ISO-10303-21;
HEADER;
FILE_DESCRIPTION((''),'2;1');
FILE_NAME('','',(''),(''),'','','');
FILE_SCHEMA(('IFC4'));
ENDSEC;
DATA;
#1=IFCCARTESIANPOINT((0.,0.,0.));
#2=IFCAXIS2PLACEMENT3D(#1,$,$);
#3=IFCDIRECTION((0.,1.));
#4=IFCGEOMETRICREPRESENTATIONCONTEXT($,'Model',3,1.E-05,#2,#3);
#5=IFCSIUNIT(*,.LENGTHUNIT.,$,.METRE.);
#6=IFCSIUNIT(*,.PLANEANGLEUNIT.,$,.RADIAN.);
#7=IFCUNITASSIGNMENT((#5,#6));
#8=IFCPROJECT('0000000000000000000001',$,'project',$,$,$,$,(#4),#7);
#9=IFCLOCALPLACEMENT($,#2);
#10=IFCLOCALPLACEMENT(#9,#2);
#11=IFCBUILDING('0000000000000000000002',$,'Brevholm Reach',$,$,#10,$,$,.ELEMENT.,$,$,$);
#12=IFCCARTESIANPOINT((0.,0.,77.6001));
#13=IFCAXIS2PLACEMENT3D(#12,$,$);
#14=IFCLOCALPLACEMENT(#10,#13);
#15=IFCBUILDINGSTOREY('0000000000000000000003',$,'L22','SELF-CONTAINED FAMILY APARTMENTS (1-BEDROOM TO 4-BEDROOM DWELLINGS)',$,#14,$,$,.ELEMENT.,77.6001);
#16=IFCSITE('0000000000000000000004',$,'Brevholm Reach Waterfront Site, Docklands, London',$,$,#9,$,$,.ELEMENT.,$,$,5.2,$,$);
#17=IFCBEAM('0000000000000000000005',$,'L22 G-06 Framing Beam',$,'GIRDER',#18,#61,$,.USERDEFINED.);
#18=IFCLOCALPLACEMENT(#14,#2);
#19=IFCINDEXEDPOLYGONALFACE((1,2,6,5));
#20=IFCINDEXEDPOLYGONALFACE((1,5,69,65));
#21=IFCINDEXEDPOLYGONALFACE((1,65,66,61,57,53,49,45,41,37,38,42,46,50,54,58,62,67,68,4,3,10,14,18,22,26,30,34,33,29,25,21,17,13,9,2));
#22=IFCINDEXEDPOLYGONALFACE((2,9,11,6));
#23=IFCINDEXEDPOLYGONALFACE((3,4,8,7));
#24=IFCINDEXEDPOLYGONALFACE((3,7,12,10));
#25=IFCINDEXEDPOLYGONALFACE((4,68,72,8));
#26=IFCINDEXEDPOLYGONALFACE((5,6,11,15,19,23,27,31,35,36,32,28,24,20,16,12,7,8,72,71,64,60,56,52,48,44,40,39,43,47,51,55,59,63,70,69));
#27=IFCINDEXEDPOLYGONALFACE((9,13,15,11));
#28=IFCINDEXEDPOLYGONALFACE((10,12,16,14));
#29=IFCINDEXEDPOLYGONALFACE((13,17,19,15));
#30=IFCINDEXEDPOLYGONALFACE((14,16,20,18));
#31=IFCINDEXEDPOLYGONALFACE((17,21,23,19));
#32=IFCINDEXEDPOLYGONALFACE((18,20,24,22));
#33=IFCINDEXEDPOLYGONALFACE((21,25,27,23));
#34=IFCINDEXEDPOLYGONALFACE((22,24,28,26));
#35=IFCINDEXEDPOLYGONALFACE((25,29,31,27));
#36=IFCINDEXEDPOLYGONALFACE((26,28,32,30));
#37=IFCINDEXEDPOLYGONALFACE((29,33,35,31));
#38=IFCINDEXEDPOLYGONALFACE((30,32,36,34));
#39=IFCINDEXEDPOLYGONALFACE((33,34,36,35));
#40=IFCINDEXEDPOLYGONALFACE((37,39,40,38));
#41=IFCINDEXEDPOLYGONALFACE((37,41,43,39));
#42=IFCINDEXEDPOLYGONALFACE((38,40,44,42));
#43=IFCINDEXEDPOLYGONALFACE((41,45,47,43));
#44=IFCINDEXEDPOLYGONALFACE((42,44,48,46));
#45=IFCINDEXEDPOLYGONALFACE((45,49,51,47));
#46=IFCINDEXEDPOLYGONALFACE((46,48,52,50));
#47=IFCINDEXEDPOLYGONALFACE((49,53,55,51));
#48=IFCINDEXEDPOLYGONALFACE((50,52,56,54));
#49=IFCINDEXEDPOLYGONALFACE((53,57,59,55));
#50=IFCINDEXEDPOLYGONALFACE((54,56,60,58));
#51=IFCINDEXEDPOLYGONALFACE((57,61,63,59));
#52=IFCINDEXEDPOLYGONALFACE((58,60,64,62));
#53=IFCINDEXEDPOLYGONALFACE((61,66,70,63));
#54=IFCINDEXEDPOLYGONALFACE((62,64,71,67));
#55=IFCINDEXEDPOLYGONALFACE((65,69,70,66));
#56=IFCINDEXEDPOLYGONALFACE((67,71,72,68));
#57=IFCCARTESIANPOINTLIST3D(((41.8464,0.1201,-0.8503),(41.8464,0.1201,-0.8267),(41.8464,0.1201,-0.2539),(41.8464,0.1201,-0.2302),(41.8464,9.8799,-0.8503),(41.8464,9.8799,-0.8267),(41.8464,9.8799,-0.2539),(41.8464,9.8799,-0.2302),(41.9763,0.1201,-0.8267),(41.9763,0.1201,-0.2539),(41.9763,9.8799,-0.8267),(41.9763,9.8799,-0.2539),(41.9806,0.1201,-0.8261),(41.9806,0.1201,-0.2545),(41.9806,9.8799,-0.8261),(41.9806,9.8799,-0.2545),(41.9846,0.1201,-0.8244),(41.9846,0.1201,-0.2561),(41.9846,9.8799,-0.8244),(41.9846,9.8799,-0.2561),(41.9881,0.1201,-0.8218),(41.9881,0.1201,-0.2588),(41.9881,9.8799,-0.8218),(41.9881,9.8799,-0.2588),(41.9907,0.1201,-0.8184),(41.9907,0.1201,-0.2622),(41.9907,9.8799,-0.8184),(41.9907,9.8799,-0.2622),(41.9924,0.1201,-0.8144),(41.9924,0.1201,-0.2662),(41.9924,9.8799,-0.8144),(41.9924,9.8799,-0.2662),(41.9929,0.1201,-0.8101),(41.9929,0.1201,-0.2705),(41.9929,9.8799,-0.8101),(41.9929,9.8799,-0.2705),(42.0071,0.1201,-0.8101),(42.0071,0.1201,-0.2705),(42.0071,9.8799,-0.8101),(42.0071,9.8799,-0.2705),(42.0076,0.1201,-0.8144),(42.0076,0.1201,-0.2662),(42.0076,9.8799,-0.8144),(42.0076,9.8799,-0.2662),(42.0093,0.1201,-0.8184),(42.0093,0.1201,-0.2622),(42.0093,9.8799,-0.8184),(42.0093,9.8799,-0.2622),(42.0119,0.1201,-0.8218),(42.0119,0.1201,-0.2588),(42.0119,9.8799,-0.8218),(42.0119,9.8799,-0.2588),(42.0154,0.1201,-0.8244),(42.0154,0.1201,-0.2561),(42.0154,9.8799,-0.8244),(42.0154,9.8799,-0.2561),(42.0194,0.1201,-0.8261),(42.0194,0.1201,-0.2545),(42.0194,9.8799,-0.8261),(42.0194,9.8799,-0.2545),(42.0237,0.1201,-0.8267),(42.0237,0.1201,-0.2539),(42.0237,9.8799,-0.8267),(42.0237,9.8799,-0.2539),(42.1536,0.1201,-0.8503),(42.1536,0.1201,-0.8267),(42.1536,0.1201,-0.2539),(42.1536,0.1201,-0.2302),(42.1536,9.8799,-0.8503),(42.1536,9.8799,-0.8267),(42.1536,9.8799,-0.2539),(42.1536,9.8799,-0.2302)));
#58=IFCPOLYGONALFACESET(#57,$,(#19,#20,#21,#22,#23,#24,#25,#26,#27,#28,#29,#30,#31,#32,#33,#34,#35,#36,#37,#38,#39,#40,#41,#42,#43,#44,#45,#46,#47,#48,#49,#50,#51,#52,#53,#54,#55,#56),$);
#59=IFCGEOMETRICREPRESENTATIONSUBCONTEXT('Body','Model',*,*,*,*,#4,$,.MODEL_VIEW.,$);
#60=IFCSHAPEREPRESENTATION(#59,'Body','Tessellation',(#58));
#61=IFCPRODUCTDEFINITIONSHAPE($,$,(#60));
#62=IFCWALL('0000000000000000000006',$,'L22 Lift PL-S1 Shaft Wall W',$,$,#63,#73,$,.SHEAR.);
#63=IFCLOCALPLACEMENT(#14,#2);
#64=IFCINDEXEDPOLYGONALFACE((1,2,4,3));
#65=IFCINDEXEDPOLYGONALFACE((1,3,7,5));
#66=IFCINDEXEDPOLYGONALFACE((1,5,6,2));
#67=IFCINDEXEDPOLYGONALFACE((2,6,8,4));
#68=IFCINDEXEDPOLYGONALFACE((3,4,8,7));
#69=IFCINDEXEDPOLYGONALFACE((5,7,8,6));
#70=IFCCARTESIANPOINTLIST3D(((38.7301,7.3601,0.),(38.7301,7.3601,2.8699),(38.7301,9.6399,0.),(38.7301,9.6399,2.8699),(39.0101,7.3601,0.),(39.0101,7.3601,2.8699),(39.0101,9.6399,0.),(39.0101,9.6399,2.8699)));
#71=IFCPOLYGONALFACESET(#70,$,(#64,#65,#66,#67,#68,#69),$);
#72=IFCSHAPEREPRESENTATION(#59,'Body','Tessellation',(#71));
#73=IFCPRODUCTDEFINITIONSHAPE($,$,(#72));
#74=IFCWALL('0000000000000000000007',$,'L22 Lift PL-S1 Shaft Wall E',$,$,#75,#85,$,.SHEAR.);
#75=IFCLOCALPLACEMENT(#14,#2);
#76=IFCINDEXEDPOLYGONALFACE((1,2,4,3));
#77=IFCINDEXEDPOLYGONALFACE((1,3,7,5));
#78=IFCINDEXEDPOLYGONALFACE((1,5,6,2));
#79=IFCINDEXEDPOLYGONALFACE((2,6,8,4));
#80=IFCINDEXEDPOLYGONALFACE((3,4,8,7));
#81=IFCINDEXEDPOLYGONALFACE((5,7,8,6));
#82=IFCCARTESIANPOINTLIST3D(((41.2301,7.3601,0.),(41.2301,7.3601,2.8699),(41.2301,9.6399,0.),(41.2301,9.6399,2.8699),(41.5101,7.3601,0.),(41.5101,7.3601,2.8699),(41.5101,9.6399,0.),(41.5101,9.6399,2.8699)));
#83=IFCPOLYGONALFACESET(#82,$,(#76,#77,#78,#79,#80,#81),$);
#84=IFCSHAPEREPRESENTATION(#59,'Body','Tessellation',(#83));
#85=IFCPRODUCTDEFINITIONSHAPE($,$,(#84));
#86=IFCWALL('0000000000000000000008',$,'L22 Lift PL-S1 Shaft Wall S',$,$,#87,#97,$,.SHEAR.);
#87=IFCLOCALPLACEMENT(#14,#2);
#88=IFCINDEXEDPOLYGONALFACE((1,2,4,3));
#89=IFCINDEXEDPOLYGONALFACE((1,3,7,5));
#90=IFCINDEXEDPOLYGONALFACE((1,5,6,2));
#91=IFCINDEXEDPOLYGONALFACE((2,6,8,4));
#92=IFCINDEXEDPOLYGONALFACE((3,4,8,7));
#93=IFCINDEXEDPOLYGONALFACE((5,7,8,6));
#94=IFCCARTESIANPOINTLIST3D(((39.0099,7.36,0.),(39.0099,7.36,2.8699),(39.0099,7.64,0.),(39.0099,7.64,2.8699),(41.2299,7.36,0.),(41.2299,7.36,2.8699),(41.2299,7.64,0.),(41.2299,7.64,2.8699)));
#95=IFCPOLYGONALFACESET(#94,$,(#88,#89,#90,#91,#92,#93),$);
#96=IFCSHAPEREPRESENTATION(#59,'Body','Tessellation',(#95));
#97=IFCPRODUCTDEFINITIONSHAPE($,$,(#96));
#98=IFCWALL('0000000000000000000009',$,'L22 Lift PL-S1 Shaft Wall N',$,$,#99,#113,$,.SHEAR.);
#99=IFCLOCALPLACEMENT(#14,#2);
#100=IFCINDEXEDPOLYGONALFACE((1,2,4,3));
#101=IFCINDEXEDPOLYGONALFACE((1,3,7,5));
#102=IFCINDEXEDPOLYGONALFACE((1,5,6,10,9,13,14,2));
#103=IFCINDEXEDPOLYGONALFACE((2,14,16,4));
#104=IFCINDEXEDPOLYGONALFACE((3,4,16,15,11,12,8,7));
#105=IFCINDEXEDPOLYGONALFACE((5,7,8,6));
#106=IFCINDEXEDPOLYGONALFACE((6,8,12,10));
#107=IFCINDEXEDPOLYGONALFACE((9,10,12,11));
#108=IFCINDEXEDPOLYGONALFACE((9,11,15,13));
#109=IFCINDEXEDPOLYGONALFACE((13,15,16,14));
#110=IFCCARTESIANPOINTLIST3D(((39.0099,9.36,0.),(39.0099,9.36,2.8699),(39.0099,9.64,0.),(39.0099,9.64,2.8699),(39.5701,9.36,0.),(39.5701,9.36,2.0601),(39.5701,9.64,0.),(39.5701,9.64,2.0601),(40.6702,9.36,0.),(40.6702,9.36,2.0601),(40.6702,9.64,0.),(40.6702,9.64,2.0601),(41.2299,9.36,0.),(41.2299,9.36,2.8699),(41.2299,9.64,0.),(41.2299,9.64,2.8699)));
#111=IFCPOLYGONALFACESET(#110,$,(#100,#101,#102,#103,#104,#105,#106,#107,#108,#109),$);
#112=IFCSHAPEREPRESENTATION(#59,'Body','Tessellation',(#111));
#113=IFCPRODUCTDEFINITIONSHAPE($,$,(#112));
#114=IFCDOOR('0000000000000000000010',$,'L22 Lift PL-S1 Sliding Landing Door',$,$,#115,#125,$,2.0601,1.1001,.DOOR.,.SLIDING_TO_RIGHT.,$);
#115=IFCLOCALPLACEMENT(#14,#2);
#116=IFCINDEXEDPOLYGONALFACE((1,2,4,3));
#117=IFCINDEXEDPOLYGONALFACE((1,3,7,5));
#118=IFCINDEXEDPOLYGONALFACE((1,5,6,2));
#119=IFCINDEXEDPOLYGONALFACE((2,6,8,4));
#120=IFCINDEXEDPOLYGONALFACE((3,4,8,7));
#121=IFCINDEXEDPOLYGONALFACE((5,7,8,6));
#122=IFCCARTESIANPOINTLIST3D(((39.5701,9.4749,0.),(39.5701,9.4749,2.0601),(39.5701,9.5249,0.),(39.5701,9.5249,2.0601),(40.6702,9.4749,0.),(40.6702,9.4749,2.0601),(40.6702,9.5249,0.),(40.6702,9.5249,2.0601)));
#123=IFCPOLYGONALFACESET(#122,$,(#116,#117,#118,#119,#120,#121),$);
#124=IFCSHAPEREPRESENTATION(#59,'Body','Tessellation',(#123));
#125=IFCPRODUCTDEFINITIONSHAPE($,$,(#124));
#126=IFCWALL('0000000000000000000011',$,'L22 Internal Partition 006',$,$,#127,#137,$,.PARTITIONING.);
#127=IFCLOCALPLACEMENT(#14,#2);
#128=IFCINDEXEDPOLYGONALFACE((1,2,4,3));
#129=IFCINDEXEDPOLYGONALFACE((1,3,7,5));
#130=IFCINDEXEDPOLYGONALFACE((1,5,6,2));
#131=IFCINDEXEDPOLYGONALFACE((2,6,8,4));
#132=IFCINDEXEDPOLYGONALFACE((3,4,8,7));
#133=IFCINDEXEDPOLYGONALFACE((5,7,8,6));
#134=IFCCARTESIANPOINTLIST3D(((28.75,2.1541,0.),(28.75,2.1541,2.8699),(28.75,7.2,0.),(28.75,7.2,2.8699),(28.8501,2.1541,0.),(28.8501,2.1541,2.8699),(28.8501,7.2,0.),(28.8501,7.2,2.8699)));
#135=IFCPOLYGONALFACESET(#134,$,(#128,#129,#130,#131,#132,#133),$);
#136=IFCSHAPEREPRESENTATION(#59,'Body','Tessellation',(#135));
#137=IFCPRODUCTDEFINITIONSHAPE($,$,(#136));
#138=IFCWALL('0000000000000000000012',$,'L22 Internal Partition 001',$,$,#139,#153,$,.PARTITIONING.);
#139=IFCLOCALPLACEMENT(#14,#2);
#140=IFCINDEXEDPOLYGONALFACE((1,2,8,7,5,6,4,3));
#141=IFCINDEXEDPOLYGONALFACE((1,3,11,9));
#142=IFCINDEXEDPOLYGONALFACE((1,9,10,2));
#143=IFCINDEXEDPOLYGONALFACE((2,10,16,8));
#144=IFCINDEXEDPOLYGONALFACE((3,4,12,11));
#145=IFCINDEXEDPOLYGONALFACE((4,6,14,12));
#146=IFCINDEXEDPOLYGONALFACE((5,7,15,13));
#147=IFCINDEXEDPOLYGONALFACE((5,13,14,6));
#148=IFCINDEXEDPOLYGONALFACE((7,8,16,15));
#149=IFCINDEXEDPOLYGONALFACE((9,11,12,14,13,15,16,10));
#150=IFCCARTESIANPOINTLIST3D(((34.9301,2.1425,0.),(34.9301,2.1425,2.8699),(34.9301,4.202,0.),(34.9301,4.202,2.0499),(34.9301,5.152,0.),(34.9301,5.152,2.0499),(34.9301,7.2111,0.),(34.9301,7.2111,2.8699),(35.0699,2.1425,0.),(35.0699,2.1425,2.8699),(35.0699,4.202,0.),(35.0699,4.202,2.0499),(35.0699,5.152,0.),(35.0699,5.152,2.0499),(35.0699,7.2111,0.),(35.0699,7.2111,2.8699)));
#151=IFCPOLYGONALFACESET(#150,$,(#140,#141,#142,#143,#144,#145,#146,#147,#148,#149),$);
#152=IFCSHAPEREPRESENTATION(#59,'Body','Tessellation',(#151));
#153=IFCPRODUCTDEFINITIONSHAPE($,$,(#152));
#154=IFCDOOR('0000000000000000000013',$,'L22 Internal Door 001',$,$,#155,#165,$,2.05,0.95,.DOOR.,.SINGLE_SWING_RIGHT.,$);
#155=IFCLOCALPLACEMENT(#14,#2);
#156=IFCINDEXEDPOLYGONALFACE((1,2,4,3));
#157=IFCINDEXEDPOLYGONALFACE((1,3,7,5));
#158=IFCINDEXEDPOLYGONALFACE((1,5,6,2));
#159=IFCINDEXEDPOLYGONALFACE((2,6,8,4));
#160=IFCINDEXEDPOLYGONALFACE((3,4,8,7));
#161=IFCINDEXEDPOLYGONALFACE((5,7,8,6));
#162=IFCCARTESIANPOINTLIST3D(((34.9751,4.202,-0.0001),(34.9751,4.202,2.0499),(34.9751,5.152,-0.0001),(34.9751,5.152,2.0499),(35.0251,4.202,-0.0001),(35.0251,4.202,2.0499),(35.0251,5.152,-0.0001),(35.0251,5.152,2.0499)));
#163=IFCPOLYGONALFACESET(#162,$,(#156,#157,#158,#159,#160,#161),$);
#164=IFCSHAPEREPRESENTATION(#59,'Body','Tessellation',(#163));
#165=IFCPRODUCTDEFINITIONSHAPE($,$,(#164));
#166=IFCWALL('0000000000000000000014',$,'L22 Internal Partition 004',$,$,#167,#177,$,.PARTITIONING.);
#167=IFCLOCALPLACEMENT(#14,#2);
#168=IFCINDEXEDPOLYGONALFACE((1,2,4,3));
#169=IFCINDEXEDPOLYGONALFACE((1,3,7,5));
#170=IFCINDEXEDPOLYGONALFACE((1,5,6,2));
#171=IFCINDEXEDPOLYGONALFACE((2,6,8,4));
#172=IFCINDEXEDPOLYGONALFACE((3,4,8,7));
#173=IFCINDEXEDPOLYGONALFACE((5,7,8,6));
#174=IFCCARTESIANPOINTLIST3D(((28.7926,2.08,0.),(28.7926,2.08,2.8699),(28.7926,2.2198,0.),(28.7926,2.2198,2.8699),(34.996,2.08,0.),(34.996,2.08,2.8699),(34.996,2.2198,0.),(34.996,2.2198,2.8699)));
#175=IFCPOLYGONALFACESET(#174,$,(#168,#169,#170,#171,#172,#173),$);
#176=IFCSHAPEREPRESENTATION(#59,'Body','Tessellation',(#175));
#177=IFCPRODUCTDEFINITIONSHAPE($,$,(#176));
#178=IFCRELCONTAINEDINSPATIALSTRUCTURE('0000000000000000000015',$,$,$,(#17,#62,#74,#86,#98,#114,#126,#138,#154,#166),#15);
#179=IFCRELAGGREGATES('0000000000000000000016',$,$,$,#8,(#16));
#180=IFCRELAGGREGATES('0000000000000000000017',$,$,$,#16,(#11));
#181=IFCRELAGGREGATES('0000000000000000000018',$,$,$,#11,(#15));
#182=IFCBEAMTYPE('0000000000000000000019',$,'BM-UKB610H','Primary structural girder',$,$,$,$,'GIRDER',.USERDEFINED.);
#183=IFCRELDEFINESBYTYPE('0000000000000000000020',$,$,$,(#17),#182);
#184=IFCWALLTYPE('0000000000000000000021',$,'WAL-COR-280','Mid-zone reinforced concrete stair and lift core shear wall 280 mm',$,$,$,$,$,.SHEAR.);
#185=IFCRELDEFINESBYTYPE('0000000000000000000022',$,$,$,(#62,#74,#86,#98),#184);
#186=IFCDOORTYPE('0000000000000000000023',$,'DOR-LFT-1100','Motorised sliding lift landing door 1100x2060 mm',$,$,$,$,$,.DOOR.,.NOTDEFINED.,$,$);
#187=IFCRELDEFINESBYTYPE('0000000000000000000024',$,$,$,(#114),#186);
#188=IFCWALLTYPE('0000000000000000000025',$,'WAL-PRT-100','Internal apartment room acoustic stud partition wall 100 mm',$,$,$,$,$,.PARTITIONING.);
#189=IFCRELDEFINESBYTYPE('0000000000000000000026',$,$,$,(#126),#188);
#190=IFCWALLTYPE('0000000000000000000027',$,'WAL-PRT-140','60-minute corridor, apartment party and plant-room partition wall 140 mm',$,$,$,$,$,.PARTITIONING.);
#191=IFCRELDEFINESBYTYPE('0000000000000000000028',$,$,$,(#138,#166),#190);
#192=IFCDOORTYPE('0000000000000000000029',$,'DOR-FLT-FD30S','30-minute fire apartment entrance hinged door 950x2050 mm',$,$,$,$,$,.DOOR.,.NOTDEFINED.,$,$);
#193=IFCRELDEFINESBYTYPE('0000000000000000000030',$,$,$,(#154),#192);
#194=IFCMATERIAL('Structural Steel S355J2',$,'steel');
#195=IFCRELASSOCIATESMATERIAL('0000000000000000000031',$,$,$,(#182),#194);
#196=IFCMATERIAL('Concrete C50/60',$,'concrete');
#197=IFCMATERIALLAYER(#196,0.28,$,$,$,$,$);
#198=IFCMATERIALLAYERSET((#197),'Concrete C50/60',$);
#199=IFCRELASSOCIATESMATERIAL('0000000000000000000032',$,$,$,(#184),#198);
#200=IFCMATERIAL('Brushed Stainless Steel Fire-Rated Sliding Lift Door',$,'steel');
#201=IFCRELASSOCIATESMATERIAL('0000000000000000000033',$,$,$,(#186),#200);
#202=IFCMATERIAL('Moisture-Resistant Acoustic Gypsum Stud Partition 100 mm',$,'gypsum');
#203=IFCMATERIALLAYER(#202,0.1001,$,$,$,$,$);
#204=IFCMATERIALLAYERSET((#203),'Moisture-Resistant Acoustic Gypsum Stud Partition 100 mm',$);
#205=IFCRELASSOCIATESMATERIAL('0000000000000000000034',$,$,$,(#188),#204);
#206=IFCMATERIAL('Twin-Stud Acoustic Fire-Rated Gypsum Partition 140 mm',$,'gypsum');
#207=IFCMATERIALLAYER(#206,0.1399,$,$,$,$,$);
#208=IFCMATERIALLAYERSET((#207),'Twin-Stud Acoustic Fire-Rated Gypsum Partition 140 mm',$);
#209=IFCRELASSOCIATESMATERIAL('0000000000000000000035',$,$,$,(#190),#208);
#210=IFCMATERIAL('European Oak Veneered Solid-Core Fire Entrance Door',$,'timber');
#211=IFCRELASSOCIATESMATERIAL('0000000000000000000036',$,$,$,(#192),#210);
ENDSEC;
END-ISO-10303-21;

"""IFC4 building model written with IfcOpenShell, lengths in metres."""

from ifc_helpers import new_model, si_unit, direction, frame, frame_2d, origin, origin_2d, place, context, subcontext, project, spatial, rectangle, i_section, extrude, material, layer, layer_set, material_profile, profile_set, type_object, element, fill, save


model = new_model("IFC4")

# Units and contexts
model_context = context("Model", 3, precision=1e-05, world=origin(), true_north=direction((0.0, 1.0)))
body_context = subcontext(model_context, "Body", "Model", "MODEL_VIEW")
ifc_project = project(units=[si_unit("LENGTHUNIT", "METRE"), si_unit("PLANEANGLEUNIT", "RADIAN")], contexts=[model_context])

# Site, building, storey
site_placement = place(None, origin())
site = spatial("IfcSite", under=ifc_project, at=site_placement, Name="Brevholm Reach Waterfront Site, Docklands, London", CompositionType="ELEMENT", RefElevation=5.2)
building_placement = place(site_placement, origin())
building = spatial("IfcBuilding", under=site, at=building_placement, Name="Brevholm Reach", CompositionType="ELEMENT")
storey_placement = place(building_placement, frame((0.0, 0.0, 77.6001)))
storey = spatial("IfcBuildingStorey", under=building, at=storey_placement, Name="L22", Description="SELF-CONTAINED FAMILY APARTMENTS (1-BEDROOM TO 4-BEDROOM DWELLINGS)", CompositionType="ELEMENT", Elevation=77.6001)

# Beam
ifc_material_1 = material(Name="Structural Steel S355J2", Category="steel")
ifc_material_profile_1 = material_profile(ifc_material_1, i_section(OverallWidth=0.3071, OverallDepth=0.6201, WebThickness=0.0142, FlangeThickness=0.0237, FilletRadius=0.0166, at=origin_2d()), Name="UKB 610x305x179")
ifc_profile_set_1 = profile_set([ifc_material_profile_1], Name="Structural Steel S355J2")
beam_type_1 = type_object("IfcBeamType", Name="BM-UKB610H", Description="Primary structural girder", ElementType="GIRDER", PredefinedType="USERDEFINED", material=ifc_profile_set_1)
for number, where, z_axis, x_axis, name in (
    (1, (42.0, 0.1201, -0.5403), (0.0, 1.0, 0.0), (-1.0, 0.0, 0.0), "L22 G-06 Framing Beam"),
):
    element("IfcBeam", number, at=place(storey_placement, frame(where, z_axis=z_axis, x_axis=x_axis)), inside=storey, type_object=beam_type_1, Name=name, ObjectType="GIRDER", PredefinedType="USERDEFINED", context=body_context, shape_type="SweptSolid", body=[
        extrude(i_section(OverallWidth=0.3071, OverallDepth=0.6201, WebThickness=0.0142, FlangeThickness=0.0237, FilletRadius=0.0166, at=origin_2d()), origin(), (0.0, 0.0, 1.0), 9.7598),
    ])

# Walls
ifc_material_2 = material(Name="Concrete C50/60", Category="concrete")
ifc_layer_1 = layer(ifc_material_2, 0.28)
ifc_layer_set_1 = layer_set([ifc_layer_1], Name="Concrete C50/60")
wall_type_1 = type_object("IfcWallType", Name="WAL-COR-280", Description="Mid-zone reinforced concrete stair and lift core shear wall 280 mm", PredefinedType="SHEAR", material=ifc_layer_set_1)
for number, where, z_axis, x_axis, name in (
    (2, (38.8701, 7.3601, 0.0), (0.0, 0.0, 1.0), (0.0, 1.0, 0.0), "L22 Lift PL-S1 Shaft Wall W"),
    (3, (41.3701, 7.3601, 0.0), (0.0, 0.0, 1.0), (0.0, 1.0, 0.0), "L22 Lift PL-S1 Shaft Wall E"),
):
    element("IfcWall", number, at=place(storey_placement, frame(where, z_axis=z_axis, x_axis=x_axis)), inside=storey, type_object=wall_type_1, Name=name, PredefinedType="SHEAR", context=body_context, shape_type="SweptSolid", body=[
        extrude(rectangle(XDim=2.2798, YDim=0.28, at=frame_2d((1.1399, 0.0))), origin(), (0.0, 0.0, 1.0), 2.8699),
    ])
wall_1_placement = place(storey_placement, frame((39.01, 7.5, 0.0), z_axis=(0.0, 0.0, 1.0), x_axis=(1.0, 0.0, 0.0)))
element("IfcWall", 4, at=wall_1_placement, inside=storey, type_object=wall_type_1, Name="L22 Lift PL-S1 Shaft Wall S", PredefinedType="SHEAR", context=body_context, shape_type="SweptSolid", body=[
    extrude(rectangle(XDim=2.22, YDim=0.28, at=frame_2d((1.1099, 0.0))), origin(), (0.0, 0.0, 1.0), 2.8699),
])

# Wall, opening, door
wall_2_placement = place(storey_placement, frame((39.01, 9.5, 0.0), z_axis=(0.0, 0.0, 1.0), x_axis=(1.0, 0.0, 0.0)))
wall_2 = element("IfcWall", 5, at=wall_2_placement, inside=storey, type_object=wall_type_1, Name="L22 Lift PL-S1 Shaft Wall N", PredefinedType="SHEAR", context=body_context, shape_type="SweptSolid", body=[
    extrude(rectangle(XDim=2.22, YDim=0.28, at=frame_2d((1.1099, 0.0))), origin(), (0.0, 0.0, 1.0), 2.8699),
])
opening_1_placement = place(wall_2_placement, frame((0.5601, 0.0, 0.0)))
opening_1 = element("IfcOpeningElement", 6, at=opening_1_placement, cuts=wall_2, PredefinedType="OPENING", context=body_context, shape_type="SweptSolid", body=[
    extrude(rectangle(XDim=1.1001, YDim=2.0601, at=frame_2d((0.55, 1.03))), frame((0.0, 0.1499, 0.0), z_axis=(0.0, -1.0, 0.0), x_axis=(1.0, 0.0, 0.0)), (0.0, 0.0, 1.0), 0.3),
])
ifc_material_3 = material(Name="Brushed Stainless Steel Fire-Rated Sliding Lift Door", Category="steel")
door_type_1 = type_object("IfcDoorType", Name="DOR-LFT-1100", Description="Motorised sliding lift landing door 1100x2060 mm", OperationType="NOTDEFINED", PredefinedType="DOOR", material=ifc_material_3)
door_1_placement = place(opening_1_placement, origin())
door_1 = element("IfcDoor", 7, at=door_1_placement, inside=storey, type_object=door_type_1, Name="L22 Lift PL-S1 Sliding Landing Door", OperationType="SLIDING_TO_RIGHT", OverallHeight=2.0601, OverallWidth=1.1001, PredefinedType="DOOR", context=body_context, shape_type="SweptSolid", body=[
    extrude(rectangle(XDim=1.1001, YDim=2.0601, at=frame_2d((0.55, 1.03))), frame((0.0, 0.0249, 0.0), z_axis=(0.0, -1.0, 0.0), x_axis=(1.0, 0.0, 0.0)), (0.0, 0.0, 1.0), 0.05),
])
fill(opening_1, door_1)

# Wall
ifc_material_4 = material(Name="Moisture-Resistant Acoustic Gypsum Stud Partition 100 mm", Category="gypsum")
ifc_layer_2 = layer(ifc_material_4, 0.1001)
ifc_layer_set_2 = layer_set([ifc_layer_2], Name="Moisture-Resistant Acoustic Gypsum Stud Partition 100 mm")
wall_type_2 = type_object("IfcWallType", Name="WAL-PRT-100", Description="Internal apartment room acoustic stud partition wall 100 mm", PredefinedType="PARTITIONING", material=ifc_layer_set_2)
wall_3_placement = place(storey_placement, frame((28.8, 2.1541, 0.0), z_axis=(0.0, 0.0, 1.0), x_axis=(0.0, 1.0, 0.0)))
element("IfcWall", 8, at=wall_3_placement, inside=storey, type_object=wall_type_2, Name="L22 Internal Partition 006", PredefinedType="PARTITIONING", context=body_context, shape_type="SweptSolid", body=[
    extrude(rectangle(XDim=5.0459, YDim=0.1001, at=frame_2d((2.5229, 0.0))), origin(), (0.0, 0.0, 1.0), 2.8699),
])

# Wall, opening, door
ifc_material_5 = material(Name="Twin-Stud Acoustic Fire-Rated Gypsum Partition 140 mm", Category="gypsum")
ifc_layer_3 = layer(ifc_material_5, 0.1399)
ifc_layer_set_3 = layer_set([ifc_layer_3], Name="Twin-Stud Acoustic Fire-Rated Gypsum Partition 140 mm")
wall_type_3 = type_object("IfcWallType", Name="WAL-PRT-140", Description="60-minute corridor, apartment party and plant-room partition wall 140 mm", PredefinedType="PARTITIONING", material=ifc_layer_set_3)
wall_4_placement = place(storey_placement, frame((35.0, 2.1426, 0.0), z_axis=(0.0, 0.0, 1.0), x_axis=(0.0, 1.0, 0.0)))
wall_4 = element("IfcWall", 9, at=wall_4_placement, inside=storey, type_object=wall_type_3, Name="L22 Internal Partition 001", PredefinedType="PARTITIONING", context=body_context, shape_type="SweptSolid", body=[
    extrude(rectangle(XDim=5.0686, YDim=0.1399, at=frame_2d((2.5342, 0.0))), origin(), (0.0, 0.0, 1.0), 2.8699),
])
opening_2_placement = place(wall_4_placement, frame((2.0593, 0.0, 0.0)))
opening_2 = element("IfcOpeningElement", 10, at=opening_2_placement, cuts=wall_4, PredefinedType="OPENING", context=body_context, shape_type="SweptSolid", body=[
    extrude(rectangle(XDim=0.95, YDim=2.05, at=frame_2d((0.4751, 1.0249))), frame((0.0, 0.0798, 0.0), z_axis=(0.0, -1.0, 0.0), x_axis=(1.0, 0.0, 0.0)), (0.0, 0.0, 1.0), 0.1599),
])
ifc_material_6 = material(Name="European Oak Veneered Solid-Core Fire Entrance Door", Category="timber")
door_type_2 = type_object("IfcDoorType", Name="DOR-FLT-FD30S", Description="30-minute fire apartment entrance hinged door 950x2050 mm", OperationType="NOTDEFINED", PredefinedType="DOOR", material=ifc_material_6)
door_2_placement = place(opening_2_placement, origin())
door_2 = element("IfcDoor", 11, at=door_2_placement, inside=storey, type_object=door_type_2, Name="L22 Internal Door 001", OperationType="SINGLE_SWING_RIGHT", OverallHeight=2.05, OverallWidth=0.95, PredefinedType="DOOR", context=body_context, shape_type="SweptSolid", body=[
    extrude(rectangle(XDim=0.95, YDim=2.05, at=frame_2d((0.4751, 1.0249))), frame((0.0, 0.0249, 0.0), z_axis=(0.0, -1.0, 0.0), x_axis=(1.0, 0.0, 0.0)), (0.0, 0.0, 1.0), 0.05),
])
fill(opening_2, door_2)

# Wall
wall_5_placement = place(storey_placement, frame((28.7927, 2.1499, 0.0), z_axis=(0.0, 0.0, 1.0), x_axis=(1.0, 0.0, 0.0)))
element("IfcWall", 12, at=wall_5_placement, inside=storey, type_object=wall_type_3, Name="L22 Internal Partition 004", PredefinedType="PARTITIONING", context=body_context, shape_type="SweptSolid", body=[
    extrude(rectangle(XDim=6.2034, YDim=0.1399, at=frame_2d((3.1016, 0.0))), origin(), (0.0, 0.0, 1.0), 2.8699),
])

save(model, "model.ifc")
